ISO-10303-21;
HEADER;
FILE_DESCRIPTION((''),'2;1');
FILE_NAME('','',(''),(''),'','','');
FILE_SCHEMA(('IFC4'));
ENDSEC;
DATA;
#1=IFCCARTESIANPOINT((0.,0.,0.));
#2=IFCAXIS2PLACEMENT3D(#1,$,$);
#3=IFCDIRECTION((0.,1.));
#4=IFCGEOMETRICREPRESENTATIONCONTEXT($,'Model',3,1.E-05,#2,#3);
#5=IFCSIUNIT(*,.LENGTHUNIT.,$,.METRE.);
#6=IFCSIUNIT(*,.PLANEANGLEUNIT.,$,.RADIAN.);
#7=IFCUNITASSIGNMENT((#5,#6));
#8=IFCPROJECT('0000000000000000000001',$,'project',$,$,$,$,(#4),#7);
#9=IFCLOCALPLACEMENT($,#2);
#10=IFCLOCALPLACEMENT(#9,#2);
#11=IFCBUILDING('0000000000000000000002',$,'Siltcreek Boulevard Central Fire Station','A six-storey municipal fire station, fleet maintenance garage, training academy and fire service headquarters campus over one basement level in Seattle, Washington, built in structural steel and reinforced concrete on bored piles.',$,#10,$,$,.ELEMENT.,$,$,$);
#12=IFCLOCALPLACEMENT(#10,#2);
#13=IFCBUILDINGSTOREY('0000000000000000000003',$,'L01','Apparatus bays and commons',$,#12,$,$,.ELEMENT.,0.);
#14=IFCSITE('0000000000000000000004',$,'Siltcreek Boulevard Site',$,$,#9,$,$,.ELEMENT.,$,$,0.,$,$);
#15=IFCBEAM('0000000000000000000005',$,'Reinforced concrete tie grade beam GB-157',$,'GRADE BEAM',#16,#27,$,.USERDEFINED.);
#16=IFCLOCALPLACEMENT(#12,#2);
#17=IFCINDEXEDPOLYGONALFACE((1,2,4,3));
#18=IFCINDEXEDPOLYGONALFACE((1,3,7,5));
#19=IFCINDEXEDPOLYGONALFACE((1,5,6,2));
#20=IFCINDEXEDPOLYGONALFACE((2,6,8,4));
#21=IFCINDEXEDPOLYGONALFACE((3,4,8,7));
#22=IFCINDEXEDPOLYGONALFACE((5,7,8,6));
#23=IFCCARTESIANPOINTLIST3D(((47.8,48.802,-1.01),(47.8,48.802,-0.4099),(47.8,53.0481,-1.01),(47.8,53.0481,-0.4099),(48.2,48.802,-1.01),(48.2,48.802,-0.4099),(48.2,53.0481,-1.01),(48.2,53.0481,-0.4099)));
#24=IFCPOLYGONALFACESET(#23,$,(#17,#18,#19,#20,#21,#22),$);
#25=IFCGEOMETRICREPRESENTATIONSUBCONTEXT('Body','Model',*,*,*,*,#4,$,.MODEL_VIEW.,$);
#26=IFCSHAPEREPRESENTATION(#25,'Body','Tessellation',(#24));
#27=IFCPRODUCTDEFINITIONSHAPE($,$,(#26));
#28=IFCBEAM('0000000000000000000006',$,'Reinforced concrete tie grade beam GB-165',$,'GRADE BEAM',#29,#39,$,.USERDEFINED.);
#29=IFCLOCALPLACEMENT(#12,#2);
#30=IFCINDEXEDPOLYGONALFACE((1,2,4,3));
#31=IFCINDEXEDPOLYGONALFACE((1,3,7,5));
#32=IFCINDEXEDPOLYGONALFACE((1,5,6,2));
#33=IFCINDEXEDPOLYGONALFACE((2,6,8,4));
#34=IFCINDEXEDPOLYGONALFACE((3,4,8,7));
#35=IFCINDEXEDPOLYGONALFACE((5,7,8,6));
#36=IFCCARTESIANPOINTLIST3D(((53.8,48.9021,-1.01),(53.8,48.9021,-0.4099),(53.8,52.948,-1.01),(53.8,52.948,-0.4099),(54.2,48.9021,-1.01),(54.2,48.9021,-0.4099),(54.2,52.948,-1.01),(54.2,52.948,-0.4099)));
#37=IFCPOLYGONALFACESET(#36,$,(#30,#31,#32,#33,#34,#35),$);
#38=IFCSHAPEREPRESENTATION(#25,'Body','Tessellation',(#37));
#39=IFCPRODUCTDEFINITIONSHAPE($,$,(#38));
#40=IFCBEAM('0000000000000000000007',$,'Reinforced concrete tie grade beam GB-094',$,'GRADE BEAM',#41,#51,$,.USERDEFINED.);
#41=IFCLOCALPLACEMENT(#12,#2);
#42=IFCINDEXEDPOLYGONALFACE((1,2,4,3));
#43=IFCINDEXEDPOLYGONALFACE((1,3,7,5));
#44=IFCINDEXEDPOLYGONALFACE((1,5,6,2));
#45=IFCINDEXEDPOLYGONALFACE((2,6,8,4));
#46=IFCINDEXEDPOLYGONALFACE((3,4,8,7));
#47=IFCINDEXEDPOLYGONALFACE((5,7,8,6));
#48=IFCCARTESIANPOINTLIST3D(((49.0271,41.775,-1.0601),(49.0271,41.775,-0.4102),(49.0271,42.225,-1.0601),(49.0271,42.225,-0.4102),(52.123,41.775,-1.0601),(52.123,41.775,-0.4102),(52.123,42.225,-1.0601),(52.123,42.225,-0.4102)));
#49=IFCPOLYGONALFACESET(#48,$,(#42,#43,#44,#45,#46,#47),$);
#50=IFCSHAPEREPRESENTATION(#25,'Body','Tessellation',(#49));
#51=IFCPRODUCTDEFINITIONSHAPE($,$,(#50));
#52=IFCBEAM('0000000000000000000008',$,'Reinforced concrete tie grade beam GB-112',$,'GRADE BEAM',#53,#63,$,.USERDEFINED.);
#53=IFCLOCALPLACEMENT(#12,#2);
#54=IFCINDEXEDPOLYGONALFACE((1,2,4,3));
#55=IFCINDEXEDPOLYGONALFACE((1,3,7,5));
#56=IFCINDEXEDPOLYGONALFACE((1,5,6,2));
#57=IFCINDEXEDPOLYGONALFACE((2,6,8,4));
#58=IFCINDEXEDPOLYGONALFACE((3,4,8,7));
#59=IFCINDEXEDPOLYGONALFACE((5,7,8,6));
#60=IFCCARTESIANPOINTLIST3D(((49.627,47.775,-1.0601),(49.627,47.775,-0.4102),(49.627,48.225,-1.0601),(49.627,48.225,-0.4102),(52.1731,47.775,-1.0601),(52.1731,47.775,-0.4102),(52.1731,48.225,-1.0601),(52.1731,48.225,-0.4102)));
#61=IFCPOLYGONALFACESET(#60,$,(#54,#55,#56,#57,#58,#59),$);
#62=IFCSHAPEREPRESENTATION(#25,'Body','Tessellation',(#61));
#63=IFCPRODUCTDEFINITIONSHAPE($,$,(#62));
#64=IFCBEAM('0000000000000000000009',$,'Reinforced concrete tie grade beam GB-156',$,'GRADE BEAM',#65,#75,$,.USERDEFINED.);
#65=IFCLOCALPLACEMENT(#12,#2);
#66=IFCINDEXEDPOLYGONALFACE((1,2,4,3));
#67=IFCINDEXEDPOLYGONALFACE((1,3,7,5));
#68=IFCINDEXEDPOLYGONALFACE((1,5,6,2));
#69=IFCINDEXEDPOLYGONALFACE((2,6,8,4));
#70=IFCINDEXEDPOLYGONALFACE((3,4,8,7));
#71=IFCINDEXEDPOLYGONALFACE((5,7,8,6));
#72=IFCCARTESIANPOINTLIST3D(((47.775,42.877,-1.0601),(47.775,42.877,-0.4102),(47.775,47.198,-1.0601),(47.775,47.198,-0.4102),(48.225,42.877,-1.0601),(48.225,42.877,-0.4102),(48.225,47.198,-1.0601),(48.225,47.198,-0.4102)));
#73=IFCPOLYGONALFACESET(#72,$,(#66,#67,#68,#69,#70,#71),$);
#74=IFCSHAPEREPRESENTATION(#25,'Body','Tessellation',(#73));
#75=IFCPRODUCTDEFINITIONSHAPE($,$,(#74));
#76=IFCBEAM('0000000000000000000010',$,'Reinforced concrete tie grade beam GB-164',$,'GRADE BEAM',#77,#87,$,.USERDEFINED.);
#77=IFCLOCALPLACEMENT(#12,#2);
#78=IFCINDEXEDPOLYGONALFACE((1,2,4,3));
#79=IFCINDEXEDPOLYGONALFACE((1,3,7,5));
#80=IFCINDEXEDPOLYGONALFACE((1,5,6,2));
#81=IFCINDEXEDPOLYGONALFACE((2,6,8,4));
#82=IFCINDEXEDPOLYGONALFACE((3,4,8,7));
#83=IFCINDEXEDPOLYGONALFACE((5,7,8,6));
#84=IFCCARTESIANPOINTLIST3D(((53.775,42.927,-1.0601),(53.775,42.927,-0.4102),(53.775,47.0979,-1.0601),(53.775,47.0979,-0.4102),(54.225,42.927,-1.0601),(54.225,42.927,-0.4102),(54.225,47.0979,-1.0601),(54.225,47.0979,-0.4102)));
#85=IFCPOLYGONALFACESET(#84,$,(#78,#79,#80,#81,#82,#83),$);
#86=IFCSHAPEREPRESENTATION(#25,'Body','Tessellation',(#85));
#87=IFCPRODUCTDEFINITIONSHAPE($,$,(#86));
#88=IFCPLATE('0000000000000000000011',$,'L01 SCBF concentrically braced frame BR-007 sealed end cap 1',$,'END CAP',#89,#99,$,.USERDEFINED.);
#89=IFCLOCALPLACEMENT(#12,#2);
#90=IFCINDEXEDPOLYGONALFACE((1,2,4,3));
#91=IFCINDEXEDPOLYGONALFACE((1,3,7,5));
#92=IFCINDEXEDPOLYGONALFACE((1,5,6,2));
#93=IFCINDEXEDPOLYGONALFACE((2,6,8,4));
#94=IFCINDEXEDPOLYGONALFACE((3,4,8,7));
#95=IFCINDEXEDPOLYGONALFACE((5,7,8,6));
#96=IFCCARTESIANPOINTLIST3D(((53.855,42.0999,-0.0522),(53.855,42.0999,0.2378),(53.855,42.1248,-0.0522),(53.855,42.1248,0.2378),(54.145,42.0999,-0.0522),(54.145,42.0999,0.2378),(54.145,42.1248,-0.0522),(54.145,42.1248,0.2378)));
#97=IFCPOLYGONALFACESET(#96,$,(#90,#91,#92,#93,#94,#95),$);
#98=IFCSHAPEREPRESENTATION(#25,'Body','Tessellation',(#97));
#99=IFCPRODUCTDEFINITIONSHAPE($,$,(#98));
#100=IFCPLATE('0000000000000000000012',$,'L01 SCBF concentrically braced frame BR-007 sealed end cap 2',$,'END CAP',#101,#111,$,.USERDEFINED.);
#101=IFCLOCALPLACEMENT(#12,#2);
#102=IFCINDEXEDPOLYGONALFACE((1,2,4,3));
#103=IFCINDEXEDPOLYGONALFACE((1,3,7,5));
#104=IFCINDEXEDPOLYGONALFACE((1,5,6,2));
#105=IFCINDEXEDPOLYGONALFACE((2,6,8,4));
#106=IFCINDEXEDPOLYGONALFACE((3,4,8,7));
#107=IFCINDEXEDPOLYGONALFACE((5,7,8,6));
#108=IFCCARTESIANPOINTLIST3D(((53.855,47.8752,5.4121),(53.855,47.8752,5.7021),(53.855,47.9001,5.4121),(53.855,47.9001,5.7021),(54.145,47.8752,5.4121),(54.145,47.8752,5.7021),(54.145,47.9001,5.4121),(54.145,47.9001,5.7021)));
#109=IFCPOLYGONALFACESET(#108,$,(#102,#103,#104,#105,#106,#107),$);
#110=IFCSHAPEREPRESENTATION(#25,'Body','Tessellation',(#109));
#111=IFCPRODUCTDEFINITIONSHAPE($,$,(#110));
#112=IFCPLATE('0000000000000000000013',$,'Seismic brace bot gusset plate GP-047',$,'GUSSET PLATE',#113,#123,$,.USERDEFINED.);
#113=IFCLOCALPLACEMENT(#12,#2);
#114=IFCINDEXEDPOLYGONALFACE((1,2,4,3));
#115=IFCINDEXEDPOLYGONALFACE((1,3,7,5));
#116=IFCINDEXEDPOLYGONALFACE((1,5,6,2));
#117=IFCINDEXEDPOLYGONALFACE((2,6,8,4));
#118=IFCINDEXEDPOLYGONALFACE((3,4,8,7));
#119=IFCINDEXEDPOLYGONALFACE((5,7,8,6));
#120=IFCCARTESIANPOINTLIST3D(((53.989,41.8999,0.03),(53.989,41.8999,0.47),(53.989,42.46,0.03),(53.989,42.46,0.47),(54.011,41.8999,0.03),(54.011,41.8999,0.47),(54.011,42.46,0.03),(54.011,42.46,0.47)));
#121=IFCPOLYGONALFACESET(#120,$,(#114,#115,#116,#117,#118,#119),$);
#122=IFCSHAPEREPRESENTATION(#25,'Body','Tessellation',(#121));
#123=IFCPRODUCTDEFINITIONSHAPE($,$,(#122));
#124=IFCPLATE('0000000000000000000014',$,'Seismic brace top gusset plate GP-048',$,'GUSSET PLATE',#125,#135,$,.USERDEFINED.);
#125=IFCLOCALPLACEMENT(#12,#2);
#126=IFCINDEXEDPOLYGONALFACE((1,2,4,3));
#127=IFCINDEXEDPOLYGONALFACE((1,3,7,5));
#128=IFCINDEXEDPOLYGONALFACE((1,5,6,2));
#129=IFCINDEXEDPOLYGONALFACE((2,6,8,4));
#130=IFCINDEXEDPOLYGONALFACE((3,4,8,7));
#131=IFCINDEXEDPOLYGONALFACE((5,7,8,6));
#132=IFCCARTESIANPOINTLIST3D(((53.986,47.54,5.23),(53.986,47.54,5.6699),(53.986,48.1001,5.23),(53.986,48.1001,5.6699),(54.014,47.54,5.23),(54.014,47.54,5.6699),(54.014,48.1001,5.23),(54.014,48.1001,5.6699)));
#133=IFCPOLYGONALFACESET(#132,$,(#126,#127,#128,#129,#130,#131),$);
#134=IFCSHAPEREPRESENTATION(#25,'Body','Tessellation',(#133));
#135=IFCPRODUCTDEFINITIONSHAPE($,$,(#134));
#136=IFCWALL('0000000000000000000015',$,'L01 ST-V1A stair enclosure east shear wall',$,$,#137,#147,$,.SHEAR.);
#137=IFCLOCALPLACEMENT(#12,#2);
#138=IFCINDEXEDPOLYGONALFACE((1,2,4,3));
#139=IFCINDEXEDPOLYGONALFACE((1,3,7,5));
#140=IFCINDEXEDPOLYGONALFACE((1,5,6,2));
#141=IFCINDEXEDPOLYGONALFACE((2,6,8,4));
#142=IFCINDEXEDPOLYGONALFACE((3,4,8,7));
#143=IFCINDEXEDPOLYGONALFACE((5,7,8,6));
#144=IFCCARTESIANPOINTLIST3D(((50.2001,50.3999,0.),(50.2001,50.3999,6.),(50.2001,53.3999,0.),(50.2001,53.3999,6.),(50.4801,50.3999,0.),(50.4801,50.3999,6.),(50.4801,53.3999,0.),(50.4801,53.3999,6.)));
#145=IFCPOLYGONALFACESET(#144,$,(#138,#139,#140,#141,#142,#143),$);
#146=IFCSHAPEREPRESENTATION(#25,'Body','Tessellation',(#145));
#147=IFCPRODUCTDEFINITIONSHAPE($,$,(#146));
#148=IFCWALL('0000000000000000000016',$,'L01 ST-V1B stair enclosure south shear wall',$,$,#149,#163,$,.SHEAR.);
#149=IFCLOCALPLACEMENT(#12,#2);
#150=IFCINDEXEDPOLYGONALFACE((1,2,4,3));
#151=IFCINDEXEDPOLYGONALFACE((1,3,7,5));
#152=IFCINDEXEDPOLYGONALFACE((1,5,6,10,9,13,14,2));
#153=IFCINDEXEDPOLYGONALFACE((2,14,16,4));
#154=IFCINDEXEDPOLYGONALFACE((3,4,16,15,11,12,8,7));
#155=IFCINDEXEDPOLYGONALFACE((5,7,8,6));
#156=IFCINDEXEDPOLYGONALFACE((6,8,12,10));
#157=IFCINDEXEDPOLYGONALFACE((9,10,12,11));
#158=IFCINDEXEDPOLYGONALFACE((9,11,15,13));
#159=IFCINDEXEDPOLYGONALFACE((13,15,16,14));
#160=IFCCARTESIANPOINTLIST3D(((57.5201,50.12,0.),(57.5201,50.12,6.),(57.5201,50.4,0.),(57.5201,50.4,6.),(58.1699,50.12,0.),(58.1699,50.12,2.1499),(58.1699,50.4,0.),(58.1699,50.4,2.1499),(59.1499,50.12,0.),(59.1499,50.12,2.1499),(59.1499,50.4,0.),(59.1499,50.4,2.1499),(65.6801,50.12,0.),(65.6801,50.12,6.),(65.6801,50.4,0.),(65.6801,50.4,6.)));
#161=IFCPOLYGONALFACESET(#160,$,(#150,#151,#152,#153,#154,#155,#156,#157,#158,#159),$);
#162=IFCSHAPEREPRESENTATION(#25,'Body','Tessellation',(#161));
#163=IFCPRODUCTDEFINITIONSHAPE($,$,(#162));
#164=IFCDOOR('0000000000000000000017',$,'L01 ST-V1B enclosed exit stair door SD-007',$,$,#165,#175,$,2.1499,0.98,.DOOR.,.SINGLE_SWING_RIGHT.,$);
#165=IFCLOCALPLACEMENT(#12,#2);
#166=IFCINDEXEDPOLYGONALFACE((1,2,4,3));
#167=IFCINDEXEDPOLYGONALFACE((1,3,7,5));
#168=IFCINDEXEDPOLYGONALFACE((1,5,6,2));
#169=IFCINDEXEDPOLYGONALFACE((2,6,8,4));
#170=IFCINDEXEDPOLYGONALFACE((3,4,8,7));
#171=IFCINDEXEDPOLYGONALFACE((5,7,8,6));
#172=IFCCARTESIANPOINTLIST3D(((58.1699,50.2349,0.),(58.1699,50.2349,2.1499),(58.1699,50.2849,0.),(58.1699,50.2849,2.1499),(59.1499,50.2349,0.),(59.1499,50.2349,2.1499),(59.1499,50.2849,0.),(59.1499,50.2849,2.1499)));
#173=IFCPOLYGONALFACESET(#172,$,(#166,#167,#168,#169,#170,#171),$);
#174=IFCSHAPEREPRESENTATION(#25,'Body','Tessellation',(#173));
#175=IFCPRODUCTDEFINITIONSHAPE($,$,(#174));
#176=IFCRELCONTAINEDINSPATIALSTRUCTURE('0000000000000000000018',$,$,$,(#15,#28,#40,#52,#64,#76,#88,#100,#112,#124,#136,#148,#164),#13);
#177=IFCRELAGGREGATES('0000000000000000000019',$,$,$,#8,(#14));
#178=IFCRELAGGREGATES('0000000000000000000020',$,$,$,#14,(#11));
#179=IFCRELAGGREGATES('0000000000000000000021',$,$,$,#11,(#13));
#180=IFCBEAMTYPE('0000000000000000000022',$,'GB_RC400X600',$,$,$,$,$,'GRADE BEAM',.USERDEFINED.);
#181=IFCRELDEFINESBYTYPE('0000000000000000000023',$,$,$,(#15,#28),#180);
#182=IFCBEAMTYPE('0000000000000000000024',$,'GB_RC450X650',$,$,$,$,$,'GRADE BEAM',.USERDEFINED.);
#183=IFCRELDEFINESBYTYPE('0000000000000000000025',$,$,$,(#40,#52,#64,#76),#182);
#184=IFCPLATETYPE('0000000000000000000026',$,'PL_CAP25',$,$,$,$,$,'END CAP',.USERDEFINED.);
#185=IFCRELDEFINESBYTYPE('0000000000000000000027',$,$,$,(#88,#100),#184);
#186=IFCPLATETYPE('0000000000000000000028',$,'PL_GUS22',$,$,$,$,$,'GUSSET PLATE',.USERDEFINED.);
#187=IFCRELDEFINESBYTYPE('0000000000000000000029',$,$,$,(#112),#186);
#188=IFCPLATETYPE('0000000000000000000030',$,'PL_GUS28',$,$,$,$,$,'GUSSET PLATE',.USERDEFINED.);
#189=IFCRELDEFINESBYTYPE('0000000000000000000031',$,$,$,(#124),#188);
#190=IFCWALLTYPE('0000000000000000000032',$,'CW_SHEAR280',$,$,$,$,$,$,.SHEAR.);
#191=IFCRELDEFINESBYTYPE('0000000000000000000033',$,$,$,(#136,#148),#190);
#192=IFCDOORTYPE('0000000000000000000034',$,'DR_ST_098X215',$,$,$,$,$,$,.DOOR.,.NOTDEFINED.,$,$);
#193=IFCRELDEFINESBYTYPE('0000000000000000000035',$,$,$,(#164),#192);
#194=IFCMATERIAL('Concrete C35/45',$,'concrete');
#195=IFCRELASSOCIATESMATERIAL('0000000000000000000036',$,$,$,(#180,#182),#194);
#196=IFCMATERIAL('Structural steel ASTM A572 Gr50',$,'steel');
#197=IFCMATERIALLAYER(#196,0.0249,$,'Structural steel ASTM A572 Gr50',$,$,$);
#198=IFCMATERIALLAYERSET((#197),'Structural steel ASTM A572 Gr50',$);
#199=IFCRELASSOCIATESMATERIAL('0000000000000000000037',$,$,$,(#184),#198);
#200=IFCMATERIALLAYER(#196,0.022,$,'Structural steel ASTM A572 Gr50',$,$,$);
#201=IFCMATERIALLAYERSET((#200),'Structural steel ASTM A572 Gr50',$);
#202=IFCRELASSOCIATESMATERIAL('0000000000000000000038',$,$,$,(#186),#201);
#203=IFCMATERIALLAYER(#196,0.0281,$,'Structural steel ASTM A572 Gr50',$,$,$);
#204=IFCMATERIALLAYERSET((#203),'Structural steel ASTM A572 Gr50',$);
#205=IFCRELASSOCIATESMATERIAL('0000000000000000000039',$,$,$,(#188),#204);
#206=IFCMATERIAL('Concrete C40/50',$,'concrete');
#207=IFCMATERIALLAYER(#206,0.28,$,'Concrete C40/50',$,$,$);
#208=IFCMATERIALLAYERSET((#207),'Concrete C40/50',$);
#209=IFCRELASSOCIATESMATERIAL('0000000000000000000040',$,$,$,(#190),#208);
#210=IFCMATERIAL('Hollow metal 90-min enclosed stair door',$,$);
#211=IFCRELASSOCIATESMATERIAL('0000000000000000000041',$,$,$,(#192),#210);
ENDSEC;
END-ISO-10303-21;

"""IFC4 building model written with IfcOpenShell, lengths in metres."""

from ifc_helpers import new_model, si_unit, direction, frame, frame_2d, origin, origin_2d, place, context, subcontext, project, spatial, rectangle, extrude, material, layer, layer_set, material_profile, profile_set, type_object, element, fill, save


model = new_model("IFC4")

# Units and contexts
model_context = context("Model", 3, precision=1e-05, world=origin(), true_north=direction((0.0, 1.0)))
body_context = subcontext(model_context, "Body", "Model", "MODEL_VIEW")
ifc_project = project(units=[si_unit("LENGTHUNIT", "METRE"), si_unit("PLANEANGLEUNIT", "RADIAN")], contexts=[model_context])

# Site, building, storey
site_placement = place(None, origin())
site = spatial("IfcSite", under=ifc_project, at=site_placement, Name="Siltcreek Boulevard Site", CompositionType="ELEMENT", RefElevation=0.0)
building_placement = place(site_placement, origin())
building = spatial("IfcBuilding", under=site, at=building_placement, Name="Siltcreek Boulevard Central Fire Station", Description="A six-storey municipal fire station, fleet maintenance garage, training academy and fire service headquarters campus over one basement level in Seattle, Washington, built in structural steel and reinforced concrete on bored piles.", CompositionType="ELEMENT")
storey_placement = place(building_placement, origin())
storey = spatial("IfcBuildingStorey", under=building, at=storey_placement, Name="L01", Description="Apparatus bays and commons", CompositionType="ELEMENT", Elevation=0.0)

# Shared definitions
ifc_material_1 = material(Name="Concrete C35/45", Category="concrete")

# Beams
ifc_material_profile_1 = material_profile(ifc_material_1, rectangle(XDim=0.3999, YDim=0.6001, at=origin_2d()), Name="RC400X600")
ifc_profile_set_1 = profile_set([ifc_material_profile_1], Name="Concrete C35/45")
beam_type_1 = type_object("IfcBeamType", Name="GB_RC400X600", ElementType="GRADE BEAM", PredefinedType="USERDEFINED", material=ifc_profile_set_1)
beam_1_placement = place(storey_placement, frame((48.0, 48.802, -0.71), z_axis=(0.0, 1.0, 0.0), x_axis=(-1.0, 0.0, 0.0)))
element("IfcBeam", 1, at=beam_1_placement, inside=storey, type_object=beam_type_1, Name="Reinforced concrete tie grade beam GB-157", ObjectType="GRADE BEAM", PredefinedType="USERDEFINED", context=body_context, shape_type="SweptSolid", body=[
    extrude(rectangle(XDim=0.3999, YDim=0.6001, at=origin_2d()), origin(), (0.0, 0.0, 1.0), 4.2461),
])
beam_2_placement = place(storey_placement, frame((54.0, 48.9021, -0.71), z_axis=(0.0, 1.0, 0.0), x_axis=(-1.0, 0.0, 0.0)))
element("IfcBeam", 2, at=beam_2_placement, inside=storey, type_object=beam_type_1, Name="Reinforced concrete tie grade beam GB-165", ObjectType="GRADE BEAM", PredefinedType="USERDEFINED", context=body_context, shape_type="SweptSolid", body=[
    extrude(rectangle(XDim=0.3999, YDim=0.6001, at=origin_2d()), origin(), (0.0, 0.0, 1.0), 4.0459),
])
ifc_material_profile_2 = material_profile(ifc_material_1, rectangle(XDim=0.45, YDim=0.6499, at=origin_2d()), Name="RC450X650")
ifc_profile_set_2 = profile_set([ifc_material_profile_2], Name="Concrete C35/45")
beam_type_2 = type_object("IfcBeamType", Name="GB_RC450X650", ElementType="GRADE BEAM", PredefinedType="USERDEFINED", material=ifc_profile_set_2)
beam_3_placement = place(storey_placement, frame((49.0271, 42.0, -0.7351), z_axis=(1.0, 0.0, 0.0), x_axis=(0.0, 1.0, 0.0)))
element("IfcBeam", 3, at=beam_3_placement, inside=storey, type_object=beam_type_2, Name="Reinforced concrete tie grade beam GB-094", ObjectType="GRADE BEAM", PredefinedType="USERDEFINED", context=body_context, shape_type="SweptSolid", body=[
    extrude(rectangle(XDim=0.45, YDim=0.6499, at=origin_2d()), origin(), (0.0, 0.0, 1.0), 3.0959),
])
beam_4_placement = place(storey_placement, frame((49.627, 48.0, -0.7351), z_axis=(1.0, 0.0, 0.0), x_axis=(0.0, 1.0, 0.0)))
element("IfcBeam", 4, at=beam_4_placement, inside=storey, type_object=beam_type_2, Name="Reinforced concrete tie grade beam GB-112", ObjectType="GRADE BEAM", PredefinedType="USERDEFINED", context=body_context, shape_type="SweptSolid", body=[
    extrude(rectangle(XDim=0.45, YDim=0.6499, at=origin_2d()), origin(), (0.0, 0.0, 1.0), 2.5461),
])
beam_5_placement = place(storey_placement, frame((48.0, 42.877, -0.7351), z_axis=(0.0, 1.0, 0.0), x_axis=(-1.0, 0.0, 0.0)))
element("IfcBeam", 5, at=beam_5_placement, inside=storey, type_object=beam_type_2, Name="Reinforced concrete tie grade beam GB-156", ObjectType="GRADE BEAM", PredefinedType="USERDEFINED", context=body_context, shape_type="SweptSolid", body=[
    extrude(rectangle(XDim=0.45, YDim=0.6499, at=origin_2d()), origin(), (0.0, 0.0, 1.0), 4.321),
])
beam_6_placement = place(storey_placement, frame((54.0, 42.927, -0.7351), z_axis=(0.0, 1.0, 0.0), x_axis=(-1.0, 0.0, 0.0)))
element("IfcBeam", 6, at=beam_6_placement, inside=storey, type_object=beam_type_2, Name="Reinforced concrete tie grade beam GB-164", ObjectType="GRADE BEAM", PredefinedType="USERDEFINED", context=body_context, shape_type="SweptSolid", body=[
    extrude(rectangle(XDim=0.45, YDim=0.6499, at=origin_2d()), origin(), (0.0, 0.0, 1.0), 4.1709),
])

# Plates
ifc_material_2 = material(Name="Structural steel ASTM A572 Gr50", Category="steel")
ifc_layer_1 = layer(ifc_material_2, 0.0249, Name="Structural steel ASTM A572 Gr50")
ifc_layer_set_1 = layer_set([ifc_layer_1], Name="Structural steel ASTM A572 Gr50")
plate_type_1 = type_object("IfcPlateType", Name="PL_CAP25", ElementType="END CAP", PredefinedType="USERDEFINED", material=ifc_layer_set_1)
for number, where, z_axis, x_axis, name in (
    (7, (54.0, 42.1123, -0.0522), (0.0, 0.0, 1.0), (0.0, 1.0, 0.0), "L01 SCBF concentrically braced frame BR-007 sealed end cap 1"),
    (8, (54.0, 47.8877, 5.4121), (0.0, 0.0, 1.0), (0.0, 1.0, 0.0), "L01 SCBF concentrically braced frame BR-007 sealed end cap 2"),
):
    element("IfcPlate", number, at=place(storey_placement, frame(where, z_axis=z_axis, x_axis=x_axis)), inside=storey, type_object=plate_type_1, Name=name, ObjectType="END CAP", PredefinedType="USERDEFINED", context=body_context, shape_type="SweptSolid", body=[
        extrude(rectangle(XDim=0.0249, YDim=0.29, at=origin_2d()), origin(), (0.0, 0.0, 1.0), 0.29),
    ])
ifc_layer_2 = layer(ifc_material_2, 0.022, Name="Structural steel ASTM A572 Gr50")
ifc_layer_set_2 = layer_set([ifc_layer_2], Name="Structural steel ASTM A572 Gr50")
plate_type_2 = type_object("IfcPlateType", Name="PL_GUS22", ElementType="GUSSET PLATE", PredefinedType="USERDEFINED", material=ifc_layer_set_2)
plate_1_placement = place(storey_placement, frame((54.0, 42.1799, 0.03), z_axis=(0.0, 0.0, 1.0), x_axis=(0.0, 1.0, 0.0)))
element("IfcPlate", 9, at=plate_1_placement, inside=storey, type_object=plate_type_2, Name="Seismic brace bot gusset plate GP-047", ObjectType="GUSSET PLATE", PredefinedType="USERDEFINED", context=body_context, shape_type="SweptSolid", body=[
    extrude(rectangle(XDim=0.5601, YDim=0.022, at=origin_2d()), origin(), (0.0, 0.0, 1.0), 0.4399),
])
ifc_layer_3 = layer(ifc_material_2, 0.0281, Name="Structural steel ASTM A572 Gr50")
ifc_layer_set_3 = layer_set([ifc_layer_3], Name="Structural steel ASTM A572 Gr50")
plate_type_3 = type_object("IfcPlateType", Name="PL_GUS28", ElementType="GUSSET PLATE", PredefinedType="USERDEFINED", material=ifc_layer_set_3)
plate_2_placement = place(storey_placement, frame((54.0, 47.8201, 5.23), z_axis=(0.0, 0.0, 1.0), x_axis=(0.0, 1.0, 0.0)))
element("IfcPlate", 10, at=plate_2_placement, inside=storey, type_object=plate_type_3, Name="Seismic brace top gusset plate GP-048", ObjectType="GUSSET PLATE", PredefinedType="USERDEFINED", context=body_context, shape_type="SweptSolid", body=[
    extrude(rectangle(XDim=0.5601, YDim=0.0281, at=origin_2d()), origin(), (0.0, 0.0, 1.0), 0.4399),
])

# Wall
ifc_material_3 = material(Name="Concrete C40/50", Category="concrete")
ifc_layer_4 = layer(ifc_material_3, 0.28, Name="Concrete C40/50")
ifc_layer_set_4 = layer_set([ifc_layer_4], Name="Concrete C40/50")
wall_type_1 = type_object("IfcWallType", Name="CW_SHEAR280", PredefinedType="SHEAR", material=ifc_layer_set_4)
wall_1_placement = place(storey_placement, frame((50.3401, 50.3999, 0.0), z_axis=(0.0, 0.0, 1.0), x_axis=(0.0, 1.0, 0.0)))
element("IfcWall", 11, at=wall_1_placement, inside=storey, type_object=wall_type_1, Name="L01 ST-V1A stair enclosure east shear wall", PredefinedType="SHEAR", context=body_context, shape_type="SweptSolid", body=[
    extrude(rectangle(XDim=3.0, YDim=0.28, at=frame_2d((1.5, 0.0))), origin(), (0.0, 0.0, 1.0), 6.0),
])

# Wall, opening, door
wall_2_placement = place(storey_placement, frame((57.52, 50.26, 0.0), z_axis=(0.0, 0.0, 1.0), x_axis=(1.0, 0.0, 0.0)))
wall_2 = element("IfcWall", 12, at=wall_2_placement, inside=storey, type_object=wall_type_1, Name="L01 ST-V1B stair enclosure south shear wall", PredefinedType="SHEAR", context=body_context, shape_type="SweptSolid", body=[
    extrude(rectangle(XDim=8.1599, YDim=0.28, at=frame_2d((4.0801, 0.0))), origin(), (0.0, 0.0, 1.0), 6.0),
])
opening_1_placement = place(wall_2_placement, frame((0.6499, 0.0, 0.0)))
opening_1 = element("IfcOpeningElement", 13, at=opening_1_placement, cuts=wall_2, PredefinedType="OPENING", context=body_context, shape_type="SweptSolid", body=[
    extrude(rectangle(XDim=0.98, YDim=2.1499, at=frame_2d((0.49, 1.075))), frame((0.0, 0.1499, 0.0), z_axis=(0.0, -1.0, 0.0), x_axis=(1.0, 0.0, 0.0)), (0.0, 0.0, 1.0), 0.3),
])
ifc_material_4 = material(Name="Hollow metal 90-min enclosed stair door")
door_type_1 = type_object("IfcDoorType", Name="DR_ST_098X215", OperationType="NOTDEFINED", PredefinedType="DOOR", material=ifc_material_4)
door_1_placement = place(opening_1_placement, origin())
door_1 = element("IfcDoor", 14, at=door_1_placement, inside=storey, type_object=door_type_1, Name="L01 ST-V1B enclosed exit stair door SD-007", OperationType="SINGLE_SWING_RIGHT", OverallHeight=2.1499, OverallWidth=0.98, PredefinedType="DOOR", context=body_context, shape_type="SweptSolid", body=[
    extrude(rectangle(XDim=0.98, YDim=2.1499, at=frame_2d((0.49, 1.075))), frame((0.0, 0.0249, 0.0), z_axis=(0.0, -1.0, 0.0), x_axis=(1.0, 0.0, 0.0)), (0.0, 0.0, 1.0), 0.05),
])
fill(opening_1, door_1)

save(model, "model.ifc")
